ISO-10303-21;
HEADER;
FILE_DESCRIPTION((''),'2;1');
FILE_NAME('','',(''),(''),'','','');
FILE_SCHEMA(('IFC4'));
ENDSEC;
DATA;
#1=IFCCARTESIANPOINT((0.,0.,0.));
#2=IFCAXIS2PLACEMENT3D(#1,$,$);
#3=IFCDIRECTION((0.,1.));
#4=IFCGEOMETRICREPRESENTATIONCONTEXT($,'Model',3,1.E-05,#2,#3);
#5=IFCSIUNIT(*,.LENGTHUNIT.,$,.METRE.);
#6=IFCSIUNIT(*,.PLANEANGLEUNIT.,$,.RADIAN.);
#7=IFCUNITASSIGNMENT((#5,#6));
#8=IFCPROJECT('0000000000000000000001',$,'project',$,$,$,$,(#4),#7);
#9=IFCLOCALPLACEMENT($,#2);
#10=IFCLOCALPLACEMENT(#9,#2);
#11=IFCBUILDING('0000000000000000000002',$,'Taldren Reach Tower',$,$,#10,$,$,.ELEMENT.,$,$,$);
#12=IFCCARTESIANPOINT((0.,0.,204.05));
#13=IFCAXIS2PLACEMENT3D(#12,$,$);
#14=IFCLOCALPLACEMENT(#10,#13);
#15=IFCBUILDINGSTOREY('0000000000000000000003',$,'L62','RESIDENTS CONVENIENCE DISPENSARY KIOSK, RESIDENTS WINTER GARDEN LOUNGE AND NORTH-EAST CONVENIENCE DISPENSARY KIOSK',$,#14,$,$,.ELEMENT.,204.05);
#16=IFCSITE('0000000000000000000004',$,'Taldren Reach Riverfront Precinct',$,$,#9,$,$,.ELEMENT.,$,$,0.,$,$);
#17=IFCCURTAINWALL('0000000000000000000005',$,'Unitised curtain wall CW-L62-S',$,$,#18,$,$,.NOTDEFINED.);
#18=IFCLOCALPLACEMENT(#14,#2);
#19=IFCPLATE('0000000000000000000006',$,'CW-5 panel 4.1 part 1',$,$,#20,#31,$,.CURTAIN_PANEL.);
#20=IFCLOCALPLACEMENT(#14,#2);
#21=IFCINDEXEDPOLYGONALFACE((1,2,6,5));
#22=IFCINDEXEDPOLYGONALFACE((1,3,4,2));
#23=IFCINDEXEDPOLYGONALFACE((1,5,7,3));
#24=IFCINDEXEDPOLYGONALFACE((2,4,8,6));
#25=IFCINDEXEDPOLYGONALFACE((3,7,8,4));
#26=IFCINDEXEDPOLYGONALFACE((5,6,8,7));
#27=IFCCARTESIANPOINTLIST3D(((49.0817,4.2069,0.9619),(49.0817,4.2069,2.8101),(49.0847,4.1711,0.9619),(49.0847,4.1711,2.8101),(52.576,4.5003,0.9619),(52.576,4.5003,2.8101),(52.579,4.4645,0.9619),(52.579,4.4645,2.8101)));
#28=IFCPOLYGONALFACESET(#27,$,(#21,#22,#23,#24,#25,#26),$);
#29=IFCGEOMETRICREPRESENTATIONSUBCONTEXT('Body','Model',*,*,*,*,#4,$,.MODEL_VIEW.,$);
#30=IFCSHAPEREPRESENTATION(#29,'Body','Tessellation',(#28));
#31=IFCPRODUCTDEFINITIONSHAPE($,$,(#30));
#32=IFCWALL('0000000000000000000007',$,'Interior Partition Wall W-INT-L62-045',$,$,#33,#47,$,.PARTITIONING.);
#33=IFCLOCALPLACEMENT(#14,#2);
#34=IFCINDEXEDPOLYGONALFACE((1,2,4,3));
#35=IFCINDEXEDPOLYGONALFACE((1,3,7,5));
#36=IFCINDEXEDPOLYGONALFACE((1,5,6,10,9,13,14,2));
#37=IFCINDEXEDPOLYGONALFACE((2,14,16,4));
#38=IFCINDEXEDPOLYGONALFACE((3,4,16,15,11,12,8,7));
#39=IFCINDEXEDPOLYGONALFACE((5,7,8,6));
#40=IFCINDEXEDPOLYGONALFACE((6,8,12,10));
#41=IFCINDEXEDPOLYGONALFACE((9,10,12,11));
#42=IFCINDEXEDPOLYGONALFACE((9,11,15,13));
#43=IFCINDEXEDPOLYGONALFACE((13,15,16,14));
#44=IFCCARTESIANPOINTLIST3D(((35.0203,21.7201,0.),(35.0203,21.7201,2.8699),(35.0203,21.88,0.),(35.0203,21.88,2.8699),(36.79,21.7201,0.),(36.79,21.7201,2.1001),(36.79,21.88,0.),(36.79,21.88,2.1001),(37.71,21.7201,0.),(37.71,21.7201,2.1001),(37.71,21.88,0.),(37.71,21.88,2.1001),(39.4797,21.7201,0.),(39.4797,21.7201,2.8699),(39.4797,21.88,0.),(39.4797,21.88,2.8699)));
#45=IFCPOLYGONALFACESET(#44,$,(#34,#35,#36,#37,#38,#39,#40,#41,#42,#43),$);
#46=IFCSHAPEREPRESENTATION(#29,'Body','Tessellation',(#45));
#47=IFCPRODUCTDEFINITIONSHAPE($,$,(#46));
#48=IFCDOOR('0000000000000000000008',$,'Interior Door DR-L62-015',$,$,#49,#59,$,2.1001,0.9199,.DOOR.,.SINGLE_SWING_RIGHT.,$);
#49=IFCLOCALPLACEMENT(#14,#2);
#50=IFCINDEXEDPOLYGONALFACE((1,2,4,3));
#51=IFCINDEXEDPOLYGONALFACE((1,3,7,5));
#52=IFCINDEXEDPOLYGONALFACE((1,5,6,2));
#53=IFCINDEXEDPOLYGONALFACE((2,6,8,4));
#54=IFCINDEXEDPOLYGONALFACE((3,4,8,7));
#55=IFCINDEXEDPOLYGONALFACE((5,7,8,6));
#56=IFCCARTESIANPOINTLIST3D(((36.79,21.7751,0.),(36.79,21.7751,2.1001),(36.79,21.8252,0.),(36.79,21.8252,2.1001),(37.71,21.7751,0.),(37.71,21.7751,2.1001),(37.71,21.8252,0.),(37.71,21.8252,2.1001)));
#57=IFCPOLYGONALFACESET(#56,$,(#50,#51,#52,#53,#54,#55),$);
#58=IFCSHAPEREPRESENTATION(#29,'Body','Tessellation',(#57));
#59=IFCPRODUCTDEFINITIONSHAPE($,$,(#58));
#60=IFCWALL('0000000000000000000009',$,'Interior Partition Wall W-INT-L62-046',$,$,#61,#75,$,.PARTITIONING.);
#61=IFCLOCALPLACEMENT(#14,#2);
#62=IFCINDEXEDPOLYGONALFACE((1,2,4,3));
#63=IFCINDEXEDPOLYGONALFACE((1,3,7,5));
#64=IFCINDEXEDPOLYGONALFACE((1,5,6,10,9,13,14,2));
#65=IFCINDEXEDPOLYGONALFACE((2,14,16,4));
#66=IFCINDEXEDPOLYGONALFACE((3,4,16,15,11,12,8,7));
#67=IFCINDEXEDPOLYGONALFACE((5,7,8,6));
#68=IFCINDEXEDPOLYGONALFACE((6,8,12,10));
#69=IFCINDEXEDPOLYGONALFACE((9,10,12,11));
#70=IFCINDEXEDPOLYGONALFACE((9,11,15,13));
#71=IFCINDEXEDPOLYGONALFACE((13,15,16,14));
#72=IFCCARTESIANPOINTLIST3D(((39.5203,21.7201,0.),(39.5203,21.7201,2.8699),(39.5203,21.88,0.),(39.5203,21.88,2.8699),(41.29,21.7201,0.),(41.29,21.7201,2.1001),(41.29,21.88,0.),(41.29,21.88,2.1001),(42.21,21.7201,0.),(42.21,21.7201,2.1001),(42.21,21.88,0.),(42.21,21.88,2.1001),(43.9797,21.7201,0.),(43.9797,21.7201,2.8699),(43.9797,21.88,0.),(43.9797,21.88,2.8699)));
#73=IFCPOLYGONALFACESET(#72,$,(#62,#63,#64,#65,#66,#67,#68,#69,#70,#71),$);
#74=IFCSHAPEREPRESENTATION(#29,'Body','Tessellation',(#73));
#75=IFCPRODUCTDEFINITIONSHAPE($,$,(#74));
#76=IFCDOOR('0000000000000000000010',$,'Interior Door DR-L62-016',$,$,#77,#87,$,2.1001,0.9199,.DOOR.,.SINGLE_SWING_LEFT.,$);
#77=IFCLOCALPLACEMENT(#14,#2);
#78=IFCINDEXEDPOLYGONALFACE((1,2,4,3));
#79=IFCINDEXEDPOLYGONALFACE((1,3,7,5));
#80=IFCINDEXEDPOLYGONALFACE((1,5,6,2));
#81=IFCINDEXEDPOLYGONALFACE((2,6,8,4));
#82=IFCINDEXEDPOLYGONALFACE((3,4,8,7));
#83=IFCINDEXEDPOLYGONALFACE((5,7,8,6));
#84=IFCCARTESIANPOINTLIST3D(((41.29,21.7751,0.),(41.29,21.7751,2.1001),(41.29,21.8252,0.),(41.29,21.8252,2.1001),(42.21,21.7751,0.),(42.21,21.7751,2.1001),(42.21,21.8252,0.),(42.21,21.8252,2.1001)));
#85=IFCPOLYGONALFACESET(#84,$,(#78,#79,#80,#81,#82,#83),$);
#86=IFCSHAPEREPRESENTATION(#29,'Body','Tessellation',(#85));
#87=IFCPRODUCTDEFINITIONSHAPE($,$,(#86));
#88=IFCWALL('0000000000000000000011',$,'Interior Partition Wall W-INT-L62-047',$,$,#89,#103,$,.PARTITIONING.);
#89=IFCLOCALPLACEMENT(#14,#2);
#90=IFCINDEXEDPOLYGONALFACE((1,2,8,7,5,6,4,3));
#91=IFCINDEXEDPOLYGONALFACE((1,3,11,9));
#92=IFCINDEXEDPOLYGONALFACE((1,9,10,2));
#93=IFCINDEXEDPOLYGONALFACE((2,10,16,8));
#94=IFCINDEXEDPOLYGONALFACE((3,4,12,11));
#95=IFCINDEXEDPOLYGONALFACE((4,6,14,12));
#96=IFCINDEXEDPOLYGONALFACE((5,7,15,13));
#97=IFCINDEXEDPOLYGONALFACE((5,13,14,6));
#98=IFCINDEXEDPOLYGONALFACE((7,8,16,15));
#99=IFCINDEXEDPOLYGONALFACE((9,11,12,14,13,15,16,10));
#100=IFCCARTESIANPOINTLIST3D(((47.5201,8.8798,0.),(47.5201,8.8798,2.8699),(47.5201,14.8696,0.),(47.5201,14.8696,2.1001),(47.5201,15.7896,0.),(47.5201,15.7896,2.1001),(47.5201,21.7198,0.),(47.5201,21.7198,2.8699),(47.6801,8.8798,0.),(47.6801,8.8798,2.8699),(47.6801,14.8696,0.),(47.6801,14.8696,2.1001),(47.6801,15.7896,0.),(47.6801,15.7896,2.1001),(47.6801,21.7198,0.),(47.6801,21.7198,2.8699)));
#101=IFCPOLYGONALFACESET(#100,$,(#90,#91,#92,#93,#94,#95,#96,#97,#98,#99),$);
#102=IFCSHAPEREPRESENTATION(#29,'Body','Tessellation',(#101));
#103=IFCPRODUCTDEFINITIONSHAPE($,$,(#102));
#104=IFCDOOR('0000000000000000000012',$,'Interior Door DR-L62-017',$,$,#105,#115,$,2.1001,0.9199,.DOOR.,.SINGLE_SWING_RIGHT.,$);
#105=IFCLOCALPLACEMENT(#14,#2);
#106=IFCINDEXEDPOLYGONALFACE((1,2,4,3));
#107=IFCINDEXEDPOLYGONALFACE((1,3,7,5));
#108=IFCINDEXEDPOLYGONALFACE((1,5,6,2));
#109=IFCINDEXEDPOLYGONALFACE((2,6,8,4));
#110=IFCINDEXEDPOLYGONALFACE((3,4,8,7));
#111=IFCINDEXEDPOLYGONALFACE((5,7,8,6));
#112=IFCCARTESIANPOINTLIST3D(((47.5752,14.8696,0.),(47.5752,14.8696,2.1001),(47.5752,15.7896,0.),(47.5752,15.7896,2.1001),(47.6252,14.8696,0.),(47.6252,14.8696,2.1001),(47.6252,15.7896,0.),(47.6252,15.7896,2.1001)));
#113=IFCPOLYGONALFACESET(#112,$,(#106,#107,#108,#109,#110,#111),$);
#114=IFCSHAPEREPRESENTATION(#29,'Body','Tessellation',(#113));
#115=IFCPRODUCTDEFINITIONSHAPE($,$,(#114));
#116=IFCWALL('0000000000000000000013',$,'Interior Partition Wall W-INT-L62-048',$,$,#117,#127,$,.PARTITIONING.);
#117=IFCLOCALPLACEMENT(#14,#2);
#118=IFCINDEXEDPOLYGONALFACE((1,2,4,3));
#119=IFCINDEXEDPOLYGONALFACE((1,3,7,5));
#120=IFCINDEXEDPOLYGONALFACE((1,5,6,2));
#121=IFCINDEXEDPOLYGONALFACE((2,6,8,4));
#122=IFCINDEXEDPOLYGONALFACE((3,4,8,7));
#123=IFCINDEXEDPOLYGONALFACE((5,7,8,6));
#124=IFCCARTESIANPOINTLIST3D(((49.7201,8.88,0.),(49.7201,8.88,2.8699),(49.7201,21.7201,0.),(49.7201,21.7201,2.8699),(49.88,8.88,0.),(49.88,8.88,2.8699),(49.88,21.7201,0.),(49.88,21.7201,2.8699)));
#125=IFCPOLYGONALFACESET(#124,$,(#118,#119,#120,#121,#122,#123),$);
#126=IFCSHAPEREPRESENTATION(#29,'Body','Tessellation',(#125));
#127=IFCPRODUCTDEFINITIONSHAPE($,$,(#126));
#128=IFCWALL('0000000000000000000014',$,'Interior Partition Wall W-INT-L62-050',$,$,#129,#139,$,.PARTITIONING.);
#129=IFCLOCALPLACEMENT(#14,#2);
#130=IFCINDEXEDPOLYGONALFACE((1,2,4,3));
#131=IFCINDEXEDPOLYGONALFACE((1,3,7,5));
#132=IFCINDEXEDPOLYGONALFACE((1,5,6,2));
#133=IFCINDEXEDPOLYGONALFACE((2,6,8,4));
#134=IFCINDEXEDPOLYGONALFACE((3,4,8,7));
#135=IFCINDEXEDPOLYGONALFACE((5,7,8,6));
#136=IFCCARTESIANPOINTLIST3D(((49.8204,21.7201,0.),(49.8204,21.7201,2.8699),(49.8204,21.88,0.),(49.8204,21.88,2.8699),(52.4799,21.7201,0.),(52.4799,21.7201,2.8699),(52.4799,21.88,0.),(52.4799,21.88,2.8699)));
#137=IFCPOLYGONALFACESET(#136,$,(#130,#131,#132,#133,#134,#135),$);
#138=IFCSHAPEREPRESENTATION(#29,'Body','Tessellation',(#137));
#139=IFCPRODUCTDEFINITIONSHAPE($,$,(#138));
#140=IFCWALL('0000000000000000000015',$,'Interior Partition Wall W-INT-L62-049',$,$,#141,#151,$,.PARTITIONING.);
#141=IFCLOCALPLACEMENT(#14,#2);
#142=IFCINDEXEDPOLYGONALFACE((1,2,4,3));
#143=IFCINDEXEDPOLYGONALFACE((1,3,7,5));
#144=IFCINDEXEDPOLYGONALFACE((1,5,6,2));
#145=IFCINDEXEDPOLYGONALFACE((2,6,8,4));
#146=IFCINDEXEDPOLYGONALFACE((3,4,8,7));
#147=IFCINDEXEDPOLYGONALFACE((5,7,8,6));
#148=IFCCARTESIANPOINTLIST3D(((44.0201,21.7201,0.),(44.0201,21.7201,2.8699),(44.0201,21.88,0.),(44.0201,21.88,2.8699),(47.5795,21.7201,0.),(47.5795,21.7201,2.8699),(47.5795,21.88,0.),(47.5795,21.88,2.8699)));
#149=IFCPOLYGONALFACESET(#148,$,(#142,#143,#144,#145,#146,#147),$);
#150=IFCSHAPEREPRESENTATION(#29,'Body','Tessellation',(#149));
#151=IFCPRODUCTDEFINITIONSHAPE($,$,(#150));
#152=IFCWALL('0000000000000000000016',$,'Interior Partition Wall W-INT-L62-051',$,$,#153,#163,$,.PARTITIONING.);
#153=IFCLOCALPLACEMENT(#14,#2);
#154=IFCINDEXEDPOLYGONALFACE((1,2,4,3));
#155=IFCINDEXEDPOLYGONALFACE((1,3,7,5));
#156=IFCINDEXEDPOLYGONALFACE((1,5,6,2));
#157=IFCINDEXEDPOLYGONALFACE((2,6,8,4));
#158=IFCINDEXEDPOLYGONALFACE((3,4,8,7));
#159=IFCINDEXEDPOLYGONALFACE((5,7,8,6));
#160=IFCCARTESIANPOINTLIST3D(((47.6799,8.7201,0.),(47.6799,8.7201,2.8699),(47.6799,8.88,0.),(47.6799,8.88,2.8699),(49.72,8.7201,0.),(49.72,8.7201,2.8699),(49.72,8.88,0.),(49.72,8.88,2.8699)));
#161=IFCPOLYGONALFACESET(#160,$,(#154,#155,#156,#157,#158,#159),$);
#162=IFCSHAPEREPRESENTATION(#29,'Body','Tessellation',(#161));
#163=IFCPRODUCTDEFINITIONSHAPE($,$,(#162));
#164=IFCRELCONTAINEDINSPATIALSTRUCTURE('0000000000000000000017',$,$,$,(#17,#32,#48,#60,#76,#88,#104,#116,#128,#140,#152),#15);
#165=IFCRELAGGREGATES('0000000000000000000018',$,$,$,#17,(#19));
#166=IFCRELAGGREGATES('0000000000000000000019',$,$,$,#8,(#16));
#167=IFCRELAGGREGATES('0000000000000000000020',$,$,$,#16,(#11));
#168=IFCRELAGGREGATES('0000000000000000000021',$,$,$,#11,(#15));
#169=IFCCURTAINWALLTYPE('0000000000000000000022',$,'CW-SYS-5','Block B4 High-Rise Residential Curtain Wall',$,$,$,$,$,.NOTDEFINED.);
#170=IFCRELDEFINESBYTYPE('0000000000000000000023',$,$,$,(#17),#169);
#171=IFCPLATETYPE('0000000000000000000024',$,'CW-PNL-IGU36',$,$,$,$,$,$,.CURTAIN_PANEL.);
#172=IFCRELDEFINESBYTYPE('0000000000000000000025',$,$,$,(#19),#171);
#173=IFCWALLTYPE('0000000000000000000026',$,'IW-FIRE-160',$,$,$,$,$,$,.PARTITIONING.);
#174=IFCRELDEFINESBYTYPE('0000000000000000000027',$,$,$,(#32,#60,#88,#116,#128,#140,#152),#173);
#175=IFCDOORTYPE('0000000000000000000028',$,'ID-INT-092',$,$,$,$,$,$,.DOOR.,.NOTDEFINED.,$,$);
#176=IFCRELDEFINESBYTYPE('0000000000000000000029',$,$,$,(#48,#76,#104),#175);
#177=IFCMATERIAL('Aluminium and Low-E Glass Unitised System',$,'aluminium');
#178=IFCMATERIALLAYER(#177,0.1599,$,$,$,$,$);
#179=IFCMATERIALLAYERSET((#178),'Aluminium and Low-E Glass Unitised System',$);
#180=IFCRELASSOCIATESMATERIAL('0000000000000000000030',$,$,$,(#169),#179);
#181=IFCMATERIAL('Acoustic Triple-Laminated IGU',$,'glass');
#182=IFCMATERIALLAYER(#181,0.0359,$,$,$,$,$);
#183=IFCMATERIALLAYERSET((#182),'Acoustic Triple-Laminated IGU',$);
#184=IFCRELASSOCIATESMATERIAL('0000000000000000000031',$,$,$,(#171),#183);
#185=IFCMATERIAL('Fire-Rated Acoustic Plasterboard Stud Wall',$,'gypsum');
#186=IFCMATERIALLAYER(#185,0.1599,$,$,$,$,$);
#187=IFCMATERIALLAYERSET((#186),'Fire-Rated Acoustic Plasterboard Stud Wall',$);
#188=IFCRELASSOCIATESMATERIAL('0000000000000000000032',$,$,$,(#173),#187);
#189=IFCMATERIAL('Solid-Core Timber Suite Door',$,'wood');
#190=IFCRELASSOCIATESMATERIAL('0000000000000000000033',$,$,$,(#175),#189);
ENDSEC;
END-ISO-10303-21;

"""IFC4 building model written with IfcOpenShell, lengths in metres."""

from ifc_helpers import new_model, si_unit, direction, frame, frame_2d, origin, origin_2d, place, context, subcontext, project, spatial, rectangle, extrude, source, transform, mapped, material, layer, layer_set, type_object, element, fill, aggregate, save


model = new_model("IFC4")

# Units and contexts
model_context = context("Model", 3, precision=1e-05, world=origin(), true_north=direction((0.0, 1.0)))
body_context = subcontext(model_context, "Body", "Model", "MODEL_VIEW")
ifc_project = project(units=[si_unit("LENGTHUNIT", "METRE"), si_unit("PLANEANGLEUNIT", "RADIAN")], contexts=[model_context])

# Site, building, storey
site_placement = place(None, origin())
site = spatial("IfcSite", under=ifc_project, at=site_placement, Name="Taldren Reach Riverfront Precinct", CompositionType="ELEMENT", RefElevation=0.0)
building_placement = place(site_placement, origin())
building = spatial("IfcBuilding", under=site, at=building_placement, Name="Taldren Reach Tower", CompositionType="ELEMENT")
storey_placement = place(building_placement, frame((0.0, 0.0, 204.05)))
storey = spatial("IfcBuildingStorey", under=building, at=storey_placement, Name="L62", Description="RESIDENTS CONVENIENCE DISPENSARY KIOSK, RESIDENTS WINTER GARDEN LOUNGE AND NORTH-EAST CONVENIENCE DISPENSARY KIOSK", CompositionType="ELEMENT", Elevation=204.05)

# Curtain wall, plate
ifc_material_1 = material(Name="Aluminium and Low-E Glass Unitised System", Category="aluminium")
ifc_layer_1 = layer(ifc_material_1, 0.1599)
ifc_layer_set_1 = layer_set([ifc_layer_1], Name="Aluminium and Low-E Glass Unitised System")
curtain_wall_type = type_object("IfcCurtainWallType", Name="CW-SYS-5", Description="Block B4 High-Rise Residential Curtain Wall", PredefinedType="NOTDEFINED", material=ifc_layer_set_1)
curtain_wall_placement = place(storey_placement, origin())
curtain_wall = element("IfcCurtainWall", 1, at=curtain_wall_placement, inside=storey, type_object=curtain_wall_type, Name="Unitised curtain wall CW-L62-S", PredefinedType="NOTDEFINED")
ifc_material_2 = material(Name="Acoustic Triple-Laminated IGU", Category="glass")
ifc_layer_2 = layer(ifc_material_2, 0.0359)
ifc_layer_set_2 = layer_set([ifc_layer_2], Name="Acoustic Triple-Laminated IGU")
plate_type = type_object("IfcPlateType", Name="CW-PNL-IGU36", PredefinedType="CURTAIN_PANEL", material=ifc_layer_set_2)
shared_shape_1 = source(origin(), body_context, "Body", "SweptSolid", [
    extrude(rectangle(XDim=3.5066, YDim=0.0359, at=origin_2d()), origin(), (0.0, 0.0, 1.0), 1.8481),
])
plate_placement = place(storey_placement, frame((50.8303, 4.3357, 0.9619), z_axis=(0.0, 0.0, 1.0), x_axis=(0.996493, 0.083678, 0.0)))
plate = element("IfcPlate", 2, at=plate_placement, type_object=plate_type, Name="CW-5 panel 4.1 part 1", PredefinedType="CURTAIN_PANEL", context=body_context, shape_type="MappedRepresentation", body=[
    mapped(shared_shape_1, transform((0.0, 0.0, 0.0), scale=1.0)),
])
aggregate(curtain_wall, [plate])

# Walls, openings, doors
ifc_material_3 = material(Name="Fire-Rated Acoustic Plasterboard Stud Wall", Category="gypsum")
ifc_layer_3 = layer(ifc_material_3, 0.1599)
ifc_layer_set_3 = layer_set([ifc_layer_3], Name="Fire-Rated Acoustic Plasterboard Stud Wall")
wall_type_1 = type_object("IfcWallType", Name="IW-FIRE-160", PredefinedType="PARTITIONING", material=ifc_layer_set_3)
shared_shape_2 = source(origin(), body_context, "Body", "SweptSolid", [
    extrude(rectangle(XDim=4.4595, YDim=0.1599, at=frame_2d((2.2297, 0.0))), origin(), (0.0, 0.0, 1.0), 2.8699),
])
wall_1_placement = place(storey_placement, frame((39.4797, 21.8, 0.0), z_axis=(0.0, 0.0, 1.0), x_axis=(-1.0, 0.0, 0.0)))
wall_1 = element("IfcWall", 3, at=wall_1_placement, inside=storey, type_object=wall_type_1, Name="Interior Partition Wall W-INT-L62-045", PredefinedType="PARTITIONING", context=body_context, shape_type="MappedRepresentation", body=[
    mapped(shared_shape_2, transform((0.0, 0.0, 0.0), scale=1.0)),
])
shared_shape_3 = source(origin(), body_context, "Body", "SweptSolid", [
    extrude(rectangle(XDim=0.9199, YDim=2.1001, at=frame_2d((0.46, 1.05))), frame((0.0, 0.0898, 0.0), z_axis=(0.0, -1.0, 0.0), x_axis=(1.0, 0.0, 0.0)), (0.0, 0.0, 1.0), 0.1799),
])
opening_1_placement = place(wall_1_placement, frame((1.7698, 0.0, 0.0)))
opening_1 = element("IfcOpeningElement", 4, at=opening_1_placement, cuts=wall_1, PredefinedType="OPENING", context=body_context, shape_type="MappedRepresentation", body=[
    mapped(shared_shape_3, transform((0.0, 0.0, 0.0), scale=1.0)),
])
ifc_material_4 = material(Name="Solid-Core Timber Suite Door", Category="wood")
door_type = type_object("IfcDoorType", Name="ID-INT-092", OperationType="NOTDEFINED", PredefinedType="DOOR", material=ifc_material_4)
shared_shape_4 = source(origin(), body_context, "Body", "SweptSolid", [
    extrude(rectangle(XDim=0.9199, YDim=2.1001, at=frame_2d((0.46, 1.05))), frame((0.0, 0.0249, 0.0), z_axis=(0.0, -1.0, 0.0), x_axis=(1.0, 0.0, 0.0)), (0.0, 0.0, 1.0), 0.05),
])
door_1_placement = place(opening_1_placement, origin())
door_1 = element("IfcDoor", 5, at=door_1_placement, inside=storey, type_object=door_type, Name="Interior Door DR-L62-015", OperationType="SINGLE_SWING_RIGHT", OverallHeight=2.1001, OverallWidth=0.9199, PredefinedType="DOOR", context=body_context, shape_type="MappedRepresentation", body=[
    mapped(shared_shape_4, transform((0.0, 0.0, 0.0), scale=1.0)),
])
fill(opening_1, door_1)
wall_2_placement = place(storey_placement, frame((43.9797, 21.8, 0.0), z_axis=(0.0, 0.0, 1.0), x_axis=(-1.0, 0.0, 0.0)))
wall_2 = element("IfcWall", 6, at=wall_2_placement, inside=storey, type_object=wall_type_1, Name="Interior Partition Wall W-INT-L62-046", PredefinedType="PARTITIONING", context=body_context, shape_type="MappedRepresentation", body=[
    mapped(shared_shape_2, transform((0.0, 0.0, 0.0), scale=1.0)),
])
opening_2_placement = place(wall_2_placement, frame((1.7698, 0.0, 0.0)))
opening_2 = element("IfcOpeningElement", 7, at=opening_2_placement, cuts=wall_2, PredefinedType="OPENING", context=body_context, shape_type="MappedRepresentation", body=[
    mapped(shared_shape_3, transform((0.0, 0.0, 0.0), scale=1.0)),
])
door_2_placement = place(opening_2_placement, origin())
door_2 = element("IfcDoor", 8, at=door_2_placement, inside=storey, type_object=door_type, Name="Interior Door DR-L62-016", OperationType="SINGLE_SWING_LEFT", OverallHeight=2.1001, OverallWidth=0.9199, PredefinedType="DOOR", context=body_context, shape_type="MappedRepresentation", body=[
    mapped(shared_shape_4, transform((0.0, 0.0, 0.0), scale=1.0)),
])
fill(opening_2, door_2)
shared_shape_5 = source(origin(), body_context, "Body", "SweptSolid", [
    extrude(rectangle(XDim=12.8401, YDim=0.1599, at=frame_2d((6.4199, 0.0))), origin(), (0.0, 0.0, 1.0), 2.8699),
])
wall_3_placement = place(storey_placement, frame((47.6001, 8.8799, 0.0), z_axis=(0.0, 0.0, 1.0), x_axis=(0.0, 1.0, 0.0)))
wall_3 = element("IfcWall", 9, at=wall_3_placement, inside=storey, type_object=wall_type_1, Name="Interior Partition Wall W-INT-L62-047", PredefinedType="PARTITIONING", context=body_context, shape_type="MappedRepresentation", body=[
    mapped(shared_shape_5, transform((0.0, 0.0, 0.0), scale=1.0)),
])
opening_3_placement = place(wall_3_placement, frame((5.9897, 0.0, 0.0)))
opening_3 = element("IfcOpeningElement", 10, at=opening_3_placement, cuts=wall_3, PredefinedType="OPENING", context=body_context, shape_type="MappedRepresentation", body=[
    mapped(shared_shape_3, transform((0.0, 0.0, 0.0), scale=1.0)),
])
door_3_placement = place(opening_3_placement, origin())
door_3 = element("IfcDoor", 11, at=door_3_placement, inside=storey, type_object=door_type, Name="Interior Door DR-L62-017", OperationType="SINGLE_SWING_RIGHT", OverallHeight=2.1001, OverallWidth=0.9199, PredefinedType="DOOR", context=body_context, shape_type="MappedRepresentation", body=[
    mapped(shared_shape_4, transform((0.0, 0.0, 0.0), scale=1.0)),
])
fill(opening_3, door_3)

# Walls
wall_4_placement = place(storey_placement, frame((49.8, 21.72, 0.0), z_axis=(0.0, 0.0, 1.0), x_axis=(0.0, -1.0, 0.0)))
element("IfcWall", 12, at=wall_4_placement, inside=storey, type_object=wall_type_1, Name="Interior Partition Wall W-INT-L62-048", PredefinedType="PARTITIONING", context=body_context, shape_type="MappedRepresentation", body=[
    mapped(shared_shape_5, transform((0.0, 0.0, 0.0), scale=1.0)),
])
shared_shape_6 = source(origin(), body_context, "Body", "SweptSolid", [
    extrude(rectangle(XDim=2.6594, YDim=0.1599, at=frame_2d((1.3296, 0.0))), origin(), (0.0, 0.0, 1.0), 2.8699),
])
wall_5_placement = place(storey_placement, frame((52.4797, 21.8, 0.0), z_axis=(0.0, 0.0, 1.0), x_axis=(-1.0, 0.0, 0.0)))
element("IfcWall", 13, at=wall_5_placement, inside=storey, type_object=wall_type_1, Name="Interior Partition Wall W-INT-L62-050", PredefinedType="PARTITIONING", context=body_context, shape_type="MappedRepresentation", body=[
    mapped(shared_shape_6, transform((0.0, 0.0, 0.0), scale=1.0)),
])
shared_shape_7 = source(origin(), body_context, "Body", "SweptSolid", [
    extrude(rectangle(XDim=3.5593, YDim=0.1599, at=frame_2d((1.7798, 0.0))), origin(), (0.0, 0.0, 1.0), 2.8699),
])
wall_6_placement = place(storey_placement, frame((47.5796, 21.8, 0.0), z_axis=(0.0, 0.0, 1.0), x_axis=(-1.0, 0.0, 0.0)))
element("IfcWall", 14, at=wall_6_placement, inside=storey, type_object=wall_type_1, Name="Interior Partition Wall W-INT-L62-049", PredefinedType="PARTITIONING", context=body_context, shape_type="MappedRepresentation", body=[
    mapped(shared_shape_7, transform((0.0, 0.0, 0.0), scale=1.0)),
])
shared_shape_8 = source(origin(), body_context, "Body", "SweptSolid", [
    extrude(rectangle(XDim=2.04, YDim=0.1599, at=frame_2d((1.02, 0.0))), origin(), (0.0, 0.0, 1.0), 2.8699),
])
wall_7_placement = place(storey_placement, frame((49.72, 8.8, 0.0), z_axis=(0.0, 0.0, 1.0), x_axis=(-1.0, 0.0, 0.0)))
element("IfcWall", 15, at=wall_7_placement, inside=storey, type_object=wall_type_1, Name="Interior Partition Wall W-INT-L62-051", PredefinedType="PARTITIONING", context=body_context, shape_type="MappedRepresentation", body=[
    mapped(shared_shape_8, transform((0.0, 0.0, 0.0), scale=1.0)),
])

save(model, "model.ifc")
